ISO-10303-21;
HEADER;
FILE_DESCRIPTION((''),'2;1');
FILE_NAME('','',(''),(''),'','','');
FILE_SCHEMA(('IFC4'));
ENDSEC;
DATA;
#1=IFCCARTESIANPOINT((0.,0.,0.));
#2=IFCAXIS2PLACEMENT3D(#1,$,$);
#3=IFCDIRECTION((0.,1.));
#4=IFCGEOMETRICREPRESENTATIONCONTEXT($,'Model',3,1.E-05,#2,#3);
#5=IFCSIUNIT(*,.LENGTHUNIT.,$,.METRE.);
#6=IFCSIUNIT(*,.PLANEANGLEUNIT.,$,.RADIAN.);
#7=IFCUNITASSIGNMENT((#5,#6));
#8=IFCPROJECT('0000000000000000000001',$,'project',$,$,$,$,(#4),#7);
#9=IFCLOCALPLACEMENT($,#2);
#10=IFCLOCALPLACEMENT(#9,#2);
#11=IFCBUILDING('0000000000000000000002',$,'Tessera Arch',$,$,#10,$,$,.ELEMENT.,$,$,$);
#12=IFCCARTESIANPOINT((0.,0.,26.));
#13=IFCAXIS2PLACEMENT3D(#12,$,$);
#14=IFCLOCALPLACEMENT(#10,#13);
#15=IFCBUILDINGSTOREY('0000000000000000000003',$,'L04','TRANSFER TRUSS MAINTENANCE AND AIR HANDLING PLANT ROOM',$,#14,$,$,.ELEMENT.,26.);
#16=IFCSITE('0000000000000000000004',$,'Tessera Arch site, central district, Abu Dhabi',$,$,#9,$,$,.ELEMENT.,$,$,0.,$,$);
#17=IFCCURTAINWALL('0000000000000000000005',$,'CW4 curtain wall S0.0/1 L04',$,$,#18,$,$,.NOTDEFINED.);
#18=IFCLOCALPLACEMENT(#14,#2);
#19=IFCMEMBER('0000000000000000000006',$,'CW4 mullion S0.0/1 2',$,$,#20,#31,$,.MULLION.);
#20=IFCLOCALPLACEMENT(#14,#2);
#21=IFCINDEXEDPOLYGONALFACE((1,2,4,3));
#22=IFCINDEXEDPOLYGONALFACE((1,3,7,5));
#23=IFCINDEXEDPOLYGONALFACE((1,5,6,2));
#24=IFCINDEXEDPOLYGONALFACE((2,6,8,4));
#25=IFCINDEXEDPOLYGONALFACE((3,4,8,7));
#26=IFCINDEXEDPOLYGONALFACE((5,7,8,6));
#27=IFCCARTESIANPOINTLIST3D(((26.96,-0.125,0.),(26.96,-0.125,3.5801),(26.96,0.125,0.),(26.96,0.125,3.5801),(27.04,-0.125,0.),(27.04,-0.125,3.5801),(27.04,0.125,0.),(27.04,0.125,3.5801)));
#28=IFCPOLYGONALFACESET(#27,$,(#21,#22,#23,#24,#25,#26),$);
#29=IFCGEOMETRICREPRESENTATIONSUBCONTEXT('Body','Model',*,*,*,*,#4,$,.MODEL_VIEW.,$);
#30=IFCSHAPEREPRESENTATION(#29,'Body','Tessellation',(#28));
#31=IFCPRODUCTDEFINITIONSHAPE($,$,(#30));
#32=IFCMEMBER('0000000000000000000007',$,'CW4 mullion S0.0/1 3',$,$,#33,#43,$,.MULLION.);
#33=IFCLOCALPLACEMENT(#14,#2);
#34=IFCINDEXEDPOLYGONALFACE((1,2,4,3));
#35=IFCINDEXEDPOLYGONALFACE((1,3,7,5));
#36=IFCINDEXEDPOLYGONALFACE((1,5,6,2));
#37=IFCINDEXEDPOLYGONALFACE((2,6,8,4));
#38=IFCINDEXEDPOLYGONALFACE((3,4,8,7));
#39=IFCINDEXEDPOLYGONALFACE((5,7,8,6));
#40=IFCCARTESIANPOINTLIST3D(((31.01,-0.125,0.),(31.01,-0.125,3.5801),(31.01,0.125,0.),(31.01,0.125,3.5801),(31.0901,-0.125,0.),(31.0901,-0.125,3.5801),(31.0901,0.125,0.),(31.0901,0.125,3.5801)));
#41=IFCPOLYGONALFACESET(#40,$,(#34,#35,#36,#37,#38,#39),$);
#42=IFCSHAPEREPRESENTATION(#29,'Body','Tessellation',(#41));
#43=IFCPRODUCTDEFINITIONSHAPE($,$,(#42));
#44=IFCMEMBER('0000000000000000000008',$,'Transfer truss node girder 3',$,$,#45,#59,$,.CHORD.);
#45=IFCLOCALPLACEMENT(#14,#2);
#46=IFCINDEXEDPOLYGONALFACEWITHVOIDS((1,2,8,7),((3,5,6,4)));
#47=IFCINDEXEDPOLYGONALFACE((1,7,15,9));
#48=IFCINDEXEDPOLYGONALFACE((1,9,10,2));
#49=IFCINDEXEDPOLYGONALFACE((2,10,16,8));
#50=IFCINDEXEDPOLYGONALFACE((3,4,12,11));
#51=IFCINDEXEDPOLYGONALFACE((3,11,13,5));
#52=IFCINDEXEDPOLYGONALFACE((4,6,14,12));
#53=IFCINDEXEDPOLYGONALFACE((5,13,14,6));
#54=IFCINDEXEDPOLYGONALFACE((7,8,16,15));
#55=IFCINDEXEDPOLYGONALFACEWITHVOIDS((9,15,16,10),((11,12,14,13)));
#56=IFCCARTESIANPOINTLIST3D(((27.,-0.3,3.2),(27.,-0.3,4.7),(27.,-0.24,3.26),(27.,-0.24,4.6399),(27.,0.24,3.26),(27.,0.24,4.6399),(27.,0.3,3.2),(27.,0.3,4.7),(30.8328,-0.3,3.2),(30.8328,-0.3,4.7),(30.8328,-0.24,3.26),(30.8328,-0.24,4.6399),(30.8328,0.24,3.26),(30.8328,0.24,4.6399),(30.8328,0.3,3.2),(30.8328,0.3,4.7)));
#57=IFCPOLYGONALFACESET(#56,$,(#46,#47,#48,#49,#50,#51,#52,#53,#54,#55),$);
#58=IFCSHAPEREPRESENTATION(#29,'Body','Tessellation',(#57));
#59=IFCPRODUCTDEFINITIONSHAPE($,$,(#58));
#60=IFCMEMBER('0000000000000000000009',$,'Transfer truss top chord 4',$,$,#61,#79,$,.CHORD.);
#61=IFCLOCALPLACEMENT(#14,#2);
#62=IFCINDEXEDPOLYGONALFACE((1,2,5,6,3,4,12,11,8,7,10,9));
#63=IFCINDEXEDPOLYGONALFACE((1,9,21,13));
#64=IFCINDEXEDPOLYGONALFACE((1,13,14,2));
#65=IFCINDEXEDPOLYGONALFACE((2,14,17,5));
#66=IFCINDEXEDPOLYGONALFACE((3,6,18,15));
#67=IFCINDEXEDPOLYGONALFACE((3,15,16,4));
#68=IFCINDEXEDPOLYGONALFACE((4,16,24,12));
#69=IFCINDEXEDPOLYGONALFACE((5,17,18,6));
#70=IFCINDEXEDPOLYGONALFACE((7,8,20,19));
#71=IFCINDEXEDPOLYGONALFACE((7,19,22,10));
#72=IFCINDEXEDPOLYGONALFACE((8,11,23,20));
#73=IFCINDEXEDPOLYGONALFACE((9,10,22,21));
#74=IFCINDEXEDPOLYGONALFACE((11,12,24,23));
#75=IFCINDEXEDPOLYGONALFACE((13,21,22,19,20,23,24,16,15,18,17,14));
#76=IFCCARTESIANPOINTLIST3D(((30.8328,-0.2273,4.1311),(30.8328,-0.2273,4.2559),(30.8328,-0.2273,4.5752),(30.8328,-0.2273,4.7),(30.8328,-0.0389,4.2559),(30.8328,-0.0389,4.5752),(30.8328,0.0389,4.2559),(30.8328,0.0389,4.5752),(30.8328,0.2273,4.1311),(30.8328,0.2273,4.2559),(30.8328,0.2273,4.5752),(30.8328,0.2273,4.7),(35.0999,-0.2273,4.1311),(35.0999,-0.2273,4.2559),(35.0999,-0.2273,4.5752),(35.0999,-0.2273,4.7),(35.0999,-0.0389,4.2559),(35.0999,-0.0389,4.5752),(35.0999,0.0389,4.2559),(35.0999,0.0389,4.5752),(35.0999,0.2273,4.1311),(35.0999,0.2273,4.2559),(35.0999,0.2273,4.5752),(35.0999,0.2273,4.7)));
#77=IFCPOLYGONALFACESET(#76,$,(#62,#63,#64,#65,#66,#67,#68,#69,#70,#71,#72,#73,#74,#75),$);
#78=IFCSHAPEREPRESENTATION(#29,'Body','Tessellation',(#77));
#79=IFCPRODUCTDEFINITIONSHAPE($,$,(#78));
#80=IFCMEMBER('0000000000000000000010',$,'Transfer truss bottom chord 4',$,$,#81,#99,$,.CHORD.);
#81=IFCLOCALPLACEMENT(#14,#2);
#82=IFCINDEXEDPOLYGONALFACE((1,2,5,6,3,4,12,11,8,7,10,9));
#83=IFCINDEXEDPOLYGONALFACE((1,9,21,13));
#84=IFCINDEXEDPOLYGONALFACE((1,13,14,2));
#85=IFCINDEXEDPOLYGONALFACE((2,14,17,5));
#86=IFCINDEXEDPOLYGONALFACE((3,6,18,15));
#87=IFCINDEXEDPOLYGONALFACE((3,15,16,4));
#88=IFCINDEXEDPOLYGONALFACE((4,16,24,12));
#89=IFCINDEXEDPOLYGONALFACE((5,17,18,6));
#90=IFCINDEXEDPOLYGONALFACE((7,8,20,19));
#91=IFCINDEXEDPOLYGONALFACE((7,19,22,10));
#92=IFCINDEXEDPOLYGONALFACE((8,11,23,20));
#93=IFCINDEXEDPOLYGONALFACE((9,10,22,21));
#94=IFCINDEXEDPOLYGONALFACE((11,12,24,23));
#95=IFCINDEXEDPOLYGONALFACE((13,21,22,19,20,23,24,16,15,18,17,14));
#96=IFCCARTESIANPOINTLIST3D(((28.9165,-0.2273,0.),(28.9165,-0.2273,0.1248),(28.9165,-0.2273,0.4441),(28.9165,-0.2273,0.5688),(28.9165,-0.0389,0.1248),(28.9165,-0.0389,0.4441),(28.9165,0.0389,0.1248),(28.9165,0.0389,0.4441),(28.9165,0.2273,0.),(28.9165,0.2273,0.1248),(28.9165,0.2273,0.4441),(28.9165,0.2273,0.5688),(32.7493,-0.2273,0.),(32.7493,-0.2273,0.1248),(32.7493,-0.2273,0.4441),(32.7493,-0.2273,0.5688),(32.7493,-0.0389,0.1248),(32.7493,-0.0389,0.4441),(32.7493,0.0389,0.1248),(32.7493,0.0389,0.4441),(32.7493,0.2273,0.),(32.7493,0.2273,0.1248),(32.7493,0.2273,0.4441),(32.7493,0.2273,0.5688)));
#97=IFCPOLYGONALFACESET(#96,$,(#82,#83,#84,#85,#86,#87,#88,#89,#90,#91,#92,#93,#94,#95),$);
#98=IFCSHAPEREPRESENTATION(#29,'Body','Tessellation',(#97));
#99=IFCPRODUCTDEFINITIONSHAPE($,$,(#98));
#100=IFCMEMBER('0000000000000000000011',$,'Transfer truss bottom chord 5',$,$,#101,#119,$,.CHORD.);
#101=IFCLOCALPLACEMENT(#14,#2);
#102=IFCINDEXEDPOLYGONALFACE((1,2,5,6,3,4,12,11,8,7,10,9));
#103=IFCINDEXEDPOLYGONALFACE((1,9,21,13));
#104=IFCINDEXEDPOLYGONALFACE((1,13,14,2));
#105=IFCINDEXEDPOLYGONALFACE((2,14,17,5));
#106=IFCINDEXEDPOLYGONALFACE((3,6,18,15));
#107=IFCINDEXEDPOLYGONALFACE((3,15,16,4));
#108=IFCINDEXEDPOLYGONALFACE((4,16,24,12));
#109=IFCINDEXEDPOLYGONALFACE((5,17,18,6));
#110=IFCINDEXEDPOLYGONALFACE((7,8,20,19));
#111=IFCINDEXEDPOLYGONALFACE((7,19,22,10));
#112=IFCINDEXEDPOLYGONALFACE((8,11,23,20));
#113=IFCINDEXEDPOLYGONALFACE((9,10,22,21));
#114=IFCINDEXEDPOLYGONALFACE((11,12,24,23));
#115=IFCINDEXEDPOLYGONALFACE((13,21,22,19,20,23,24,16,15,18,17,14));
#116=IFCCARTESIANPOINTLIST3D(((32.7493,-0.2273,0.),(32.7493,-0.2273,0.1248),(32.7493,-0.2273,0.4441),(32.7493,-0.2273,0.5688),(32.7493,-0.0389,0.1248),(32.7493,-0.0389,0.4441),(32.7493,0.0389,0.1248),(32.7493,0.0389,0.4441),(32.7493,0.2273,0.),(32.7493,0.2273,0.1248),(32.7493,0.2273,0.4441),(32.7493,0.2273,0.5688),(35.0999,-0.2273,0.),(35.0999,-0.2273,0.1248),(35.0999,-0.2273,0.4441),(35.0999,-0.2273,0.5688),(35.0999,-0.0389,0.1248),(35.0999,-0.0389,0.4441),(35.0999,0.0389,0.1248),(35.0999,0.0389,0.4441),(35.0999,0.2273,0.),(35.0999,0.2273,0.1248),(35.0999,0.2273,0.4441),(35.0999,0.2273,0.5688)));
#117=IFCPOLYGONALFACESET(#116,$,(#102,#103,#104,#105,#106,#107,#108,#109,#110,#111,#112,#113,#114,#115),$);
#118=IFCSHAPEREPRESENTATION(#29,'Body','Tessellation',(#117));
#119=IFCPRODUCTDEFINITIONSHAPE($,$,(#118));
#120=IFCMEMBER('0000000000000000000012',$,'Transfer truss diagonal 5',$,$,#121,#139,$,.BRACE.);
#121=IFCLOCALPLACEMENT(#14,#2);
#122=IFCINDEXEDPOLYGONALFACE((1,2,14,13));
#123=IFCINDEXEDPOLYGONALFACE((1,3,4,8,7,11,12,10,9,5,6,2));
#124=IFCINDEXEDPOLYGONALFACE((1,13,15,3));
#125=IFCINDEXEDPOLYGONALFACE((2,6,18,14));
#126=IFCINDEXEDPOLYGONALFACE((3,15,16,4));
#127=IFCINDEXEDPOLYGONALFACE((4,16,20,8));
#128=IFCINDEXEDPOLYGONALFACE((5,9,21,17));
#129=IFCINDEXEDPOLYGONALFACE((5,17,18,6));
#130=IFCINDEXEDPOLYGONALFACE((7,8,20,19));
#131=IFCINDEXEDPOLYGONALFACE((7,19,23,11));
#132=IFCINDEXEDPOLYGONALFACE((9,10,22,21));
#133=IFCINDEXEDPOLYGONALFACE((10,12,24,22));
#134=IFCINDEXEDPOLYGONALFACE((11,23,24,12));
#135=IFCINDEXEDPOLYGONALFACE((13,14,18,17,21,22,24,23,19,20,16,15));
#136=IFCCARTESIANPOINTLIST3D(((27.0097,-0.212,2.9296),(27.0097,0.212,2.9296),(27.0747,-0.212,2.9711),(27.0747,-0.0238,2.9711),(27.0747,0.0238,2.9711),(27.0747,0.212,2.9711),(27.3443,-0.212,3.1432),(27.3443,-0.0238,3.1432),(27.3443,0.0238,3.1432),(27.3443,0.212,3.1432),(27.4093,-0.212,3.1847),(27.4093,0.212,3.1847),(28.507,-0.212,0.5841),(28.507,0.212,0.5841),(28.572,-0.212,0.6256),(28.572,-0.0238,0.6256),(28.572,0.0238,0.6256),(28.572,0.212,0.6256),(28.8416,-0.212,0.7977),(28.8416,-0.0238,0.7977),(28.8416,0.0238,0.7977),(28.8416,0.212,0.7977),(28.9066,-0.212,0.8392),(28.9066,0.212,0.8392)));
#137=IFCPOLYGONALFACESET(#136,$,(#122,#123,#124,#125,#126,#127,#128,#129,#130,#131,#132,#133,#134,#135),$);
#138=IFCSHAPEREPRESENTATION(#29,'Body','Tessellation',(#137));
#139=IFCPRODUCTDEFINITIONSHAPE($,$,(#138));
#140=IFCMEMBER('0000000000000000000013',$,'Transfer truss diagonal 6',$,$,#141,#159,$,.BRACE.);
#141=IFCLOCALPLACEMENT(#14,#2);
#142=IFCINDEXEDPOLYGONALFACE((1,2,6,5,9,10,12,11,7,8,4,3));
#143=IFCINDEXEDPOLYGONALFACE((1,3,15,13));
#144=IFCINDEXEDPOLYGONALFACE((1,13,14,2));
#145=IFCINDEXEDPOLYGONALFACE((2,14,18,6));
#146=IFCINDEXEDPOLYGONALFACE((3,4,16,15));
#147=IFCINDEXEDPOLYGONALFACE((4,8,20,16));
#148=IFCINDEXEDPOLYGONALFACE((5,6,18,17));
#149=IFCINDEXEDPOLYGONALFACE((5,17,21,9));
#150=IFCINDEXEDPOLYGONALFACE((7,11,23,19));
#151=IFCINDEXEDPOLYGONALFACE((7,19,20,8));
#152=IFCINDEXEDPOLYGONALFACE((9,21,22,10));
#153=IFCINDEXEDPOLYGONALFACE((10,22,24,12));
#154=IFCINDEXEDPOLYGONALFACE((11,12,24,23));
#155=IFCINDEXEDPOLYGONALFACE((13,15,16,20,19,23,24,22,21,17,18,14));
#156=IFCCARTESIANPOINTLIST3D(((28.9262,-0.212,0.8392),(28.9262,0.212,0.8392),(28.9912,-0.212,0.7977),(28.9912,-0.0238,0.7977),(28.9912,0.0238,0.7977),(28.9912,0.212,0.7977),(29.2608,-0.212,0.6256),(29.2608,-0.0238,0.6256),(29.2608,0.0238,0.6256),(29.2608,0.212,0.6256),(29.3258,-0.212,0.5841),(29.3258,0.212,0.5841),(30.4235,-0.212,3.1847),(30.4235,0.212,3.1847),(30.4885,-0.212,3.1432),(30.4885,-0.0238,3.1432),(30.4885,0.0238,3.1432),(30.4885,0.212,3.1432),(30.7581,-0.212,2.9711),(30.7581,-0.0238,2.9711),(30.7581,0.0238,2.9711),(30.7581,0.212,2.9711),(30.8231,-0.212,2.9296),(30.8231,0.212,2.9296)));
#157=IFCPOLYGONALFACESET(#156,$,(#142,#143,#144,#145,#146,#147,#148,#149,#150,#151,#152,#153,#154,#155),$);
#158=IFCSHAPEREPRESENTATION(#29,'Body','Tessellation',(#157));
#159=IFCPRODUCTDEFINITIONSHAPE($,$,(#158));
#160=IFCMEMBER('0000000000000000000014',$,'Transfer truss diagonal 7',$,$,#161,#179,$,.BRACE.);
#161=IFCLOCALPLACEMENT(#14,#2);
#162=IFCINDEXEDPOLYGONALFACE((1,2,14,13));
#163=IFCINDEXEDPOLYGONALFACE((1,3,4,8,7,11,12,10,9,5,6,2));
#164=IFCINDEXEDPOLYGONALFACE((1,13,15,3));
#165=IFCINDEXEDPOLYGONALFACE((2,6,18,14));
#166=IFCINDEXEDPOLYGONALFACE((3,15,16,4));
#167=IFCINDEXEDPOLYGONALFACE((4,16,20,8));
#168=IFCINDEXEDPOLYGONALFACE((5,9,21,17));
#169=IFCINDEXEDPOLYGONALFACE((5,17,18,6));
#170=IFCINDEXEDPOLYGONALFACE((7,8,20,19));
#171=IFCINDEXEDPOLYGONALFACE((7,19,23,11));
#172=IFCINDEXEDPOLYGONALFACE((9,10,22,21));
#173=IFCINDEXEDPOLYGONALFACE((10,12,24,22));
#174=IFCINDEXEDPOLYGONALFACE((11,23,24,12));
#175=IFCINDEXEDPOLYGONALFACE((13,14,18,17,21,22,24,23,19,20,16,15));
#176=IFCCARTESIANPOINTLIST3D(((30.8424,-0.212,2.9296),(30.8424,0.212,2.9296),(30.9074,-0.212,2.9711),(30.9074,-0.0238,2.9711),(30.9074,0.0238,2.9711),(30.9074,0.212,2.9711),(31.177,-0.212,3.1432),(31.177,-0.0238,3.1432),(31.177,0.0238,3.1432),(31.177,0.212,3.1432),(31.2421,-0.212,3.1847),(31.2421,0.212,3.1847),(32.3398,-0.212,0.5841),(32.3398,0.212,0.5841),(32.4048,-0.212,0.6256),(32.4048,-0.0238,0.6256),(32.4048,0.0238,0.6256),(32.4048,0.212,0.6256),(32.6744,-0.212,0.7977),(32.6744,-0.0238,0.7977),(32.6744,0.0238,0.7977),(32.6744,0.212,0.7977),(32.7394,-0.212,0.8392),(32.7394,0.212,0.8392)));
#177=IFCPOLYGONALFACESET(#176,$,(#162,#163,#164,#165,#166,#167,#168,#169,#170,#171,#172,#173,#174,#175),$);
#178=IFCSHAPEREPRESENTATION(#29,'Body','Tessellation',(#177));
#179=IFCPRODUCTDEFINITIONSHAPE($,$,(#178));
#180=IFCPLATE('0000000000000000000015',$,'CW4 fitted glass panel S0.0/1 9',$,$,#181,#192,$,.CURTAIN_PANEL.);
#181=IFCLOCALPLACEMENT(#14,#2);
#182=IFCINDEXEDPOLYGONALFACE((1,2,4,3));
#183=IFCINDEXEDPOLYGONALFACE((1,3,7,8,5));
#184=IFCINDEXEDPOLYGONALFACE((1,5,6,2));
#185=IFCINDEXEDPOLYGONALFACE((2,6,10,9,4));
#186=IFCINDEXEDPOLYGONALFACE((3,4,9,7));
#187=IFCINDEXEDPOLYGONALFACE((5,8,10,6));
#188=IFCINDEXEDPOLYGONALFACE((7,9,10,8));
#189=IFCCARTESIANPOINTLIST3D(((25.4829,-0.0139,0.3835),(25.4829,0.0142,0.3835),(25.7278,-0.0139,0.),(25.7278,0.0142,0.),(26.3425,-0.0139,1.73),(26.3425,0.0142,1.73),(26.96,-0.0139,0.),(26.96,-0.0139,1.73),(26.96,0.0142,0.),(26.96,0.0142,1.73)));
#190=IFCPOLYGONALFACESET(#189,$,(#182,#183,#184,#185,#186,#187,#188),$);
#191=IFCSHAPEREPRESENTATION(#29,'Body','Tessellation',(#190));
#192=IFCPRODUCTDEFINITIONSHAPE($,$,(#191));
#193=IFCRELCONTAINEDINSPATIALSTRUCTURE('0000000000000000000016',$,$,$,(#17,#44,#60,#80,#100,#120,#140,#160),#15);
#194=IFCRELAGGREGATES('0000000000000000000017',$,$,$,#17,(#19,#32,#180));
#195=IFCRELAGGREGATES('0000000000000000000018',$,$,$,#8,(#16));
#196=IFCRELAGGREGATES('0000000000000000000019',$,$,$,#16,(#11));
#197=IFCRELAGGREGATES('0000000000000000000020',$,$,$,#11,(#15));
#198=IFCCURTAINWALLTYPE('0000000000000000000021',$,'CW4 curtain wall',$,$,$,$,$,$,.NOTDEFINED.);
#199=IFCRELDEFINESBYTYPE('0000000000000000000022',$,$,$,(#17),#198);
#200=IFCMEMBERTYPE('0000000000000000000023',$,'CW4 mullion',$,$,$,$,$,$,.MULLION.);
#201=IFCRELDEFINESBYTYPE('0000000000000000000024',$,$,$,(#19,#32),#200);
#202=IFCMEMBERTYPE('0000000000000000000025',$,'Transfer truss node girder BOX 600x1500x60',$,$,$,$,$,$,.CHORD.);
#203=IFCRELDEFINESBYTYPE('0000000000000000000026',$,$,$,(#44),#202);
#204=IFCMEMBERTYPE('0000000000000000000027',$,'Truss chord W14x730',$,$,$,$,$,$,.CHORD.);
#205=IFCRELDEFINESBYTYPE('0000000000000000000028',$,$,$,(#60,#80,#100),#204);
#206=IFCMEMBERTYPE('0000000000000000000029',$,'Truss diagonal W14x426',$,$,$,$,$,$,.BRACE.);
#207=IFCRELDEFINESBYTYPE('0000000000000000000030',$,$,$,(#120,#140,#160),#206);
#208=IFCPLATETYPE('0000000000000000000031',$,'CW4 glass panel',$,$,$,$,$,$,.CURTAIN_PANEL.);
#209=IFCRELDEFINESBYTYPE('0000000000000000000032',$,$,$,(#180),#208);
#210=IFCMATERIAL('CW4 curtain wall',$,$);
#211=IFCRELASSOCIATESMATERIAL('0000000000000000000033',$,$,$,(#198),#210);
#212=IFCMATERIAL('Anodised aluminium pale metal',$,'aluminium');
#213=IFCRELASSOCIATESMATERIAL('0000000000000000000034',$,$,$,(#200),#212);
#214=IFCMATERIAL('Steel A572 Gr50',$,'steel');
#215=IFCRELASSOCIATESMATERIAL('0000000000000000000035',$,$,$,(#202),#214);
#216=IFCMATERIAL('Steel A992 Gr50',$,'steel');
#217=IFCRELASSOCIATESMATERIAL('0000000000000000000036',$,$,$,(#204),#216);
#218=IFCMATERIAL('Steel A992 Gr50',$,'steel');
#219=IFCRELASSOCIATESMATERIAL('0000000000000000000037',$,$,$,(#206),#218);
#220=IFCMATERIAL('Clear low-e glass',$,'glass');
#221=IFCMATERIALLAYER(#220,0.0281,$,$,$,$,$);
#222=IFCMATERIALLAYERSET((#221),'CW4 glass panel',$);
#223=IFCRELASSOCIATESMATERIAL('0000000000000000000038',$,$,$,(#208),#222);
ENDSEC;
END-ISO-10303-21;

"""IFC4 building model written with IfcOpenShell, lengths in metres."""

from ifc_helpers import new_model, si_unit, direction, frame, origin, origin_2d, place, context, subcontext, project, spatial, polyline, rectangle, hollow_rectangle, i_section, outline, extrude, material, layer, layer_set, material_profile, profile_set, type_object, element, aggregate, save


model = new_model("IFC4")

# Units and contexts
model_context = context("Model", 3, precision=1e-05, world=origin(), true_north=direction((0.0, 1.0)))
body_context = subcontext(model_context, "Body", "Model", "MODEL_VIEW")
ifc_project = project(units=[si_unit("LENGTHUNIT", "METRE"), si_unit("PLANEANGLEUNIT", "RADIAN")], contexts=[model_context])

# Site, building, storey
site_placement = place(None, origin())
site = spatial("IfcSite", under=ifc_project, at=site_placement, Name="Tessera Arch site, central district, Abu Dhabi", CompositionType="ELEMENT", RefElevation=0.0)
building_placement = place(site_placement, origin())
building = spatial("IfcBuilding", under=site, at=building_placement, Name="Tessera Arch", CompositionType="ELEMENT")
storey_placement = place(building_placement, frame((0.0, 0.0, 26.0)))
storey = spatial("IfcBuildingStorey", under=building, at=storey_placement, Name="L04", Description="TRANSFER TRUSS MAINTENANCE AND AIR HANDLING PLANT ROOM", CompositionType="ELEMENT", Elevation=26.0)

# Curtain wall, members
ifc_material_1 = material(Name="CW4 curtain wall")
curtain_wall_type = type_object("IfcCurtainWallType", Name="CW4 curtain wall", PredefinedType="NOTDEFINED", material=ifc_material_1)
curtain_wall_placement = place(storey_placement, origin())
curtain_wall = element("IfcCurtainWall", 1, at=curtain_wall_placement, inside=storey, type_object=curtain_wall_type, Name="CW4 curtain wall S0.0/1 L04", PredefinedType="NOTDEFINED")
ifc_material_2 = material(Name="Anodised aluminium pale metal", Category="aluminium")
ifc_material_profile_1 = material_profile(ifc_material_2, rectangle(XDim=0.25, YDim=0.0801, at=origin_2d()), Name="AL 80x250")
ifc_profile_set_1 = profile_set([ifc_material_profile_1], Name="Anodised aluminium pale metal")
member_type_1 = type_object("IfcMemberType", Name="CW4 mullion", PredefinedType="MULLION", material=ifc_profile_set_1)
member_1_placement = place(storey_placement, frame((27.0, 0.0, 0.0), z_axis=(0.0, 0.0, 1.0), x_axis=(0.0, 1.0, 0.0)))
member_1 = element("IfcMember", 2, at=member_1_placement, type_object=member_type_1, Name="CW4 mullion S0.0/1 2", PredefinedType="MULLION", context=body_context, shape_type="SweptSolid", body=[
    extrude(rectangle(XDim=0.25, YDim=0.0801, at=origin_2d()), origin(), (0.0, 0.0, 1.0), 3.5801),
])
member_2_placement = place(storey_placement, frame((31.05, 0.0, 0.0), z_axis=(0.0, 0.0, 1.0), x_axis=(0.0, 1.0, 0.0)))
member_2 = element("IfcMember", 3, at=member_2_placement, type_object=member_type_1, Name="CW4 mullion S0.0/1 3", PredefinedType="MULLION", context=body_context, shape_type="SweptSolid", body=[
    extrude(rectangle(XDim=0.25, YDim=0.0801, at=origin_2d()), origin(), (0.0, 0.0, 1.0), 3.5801),
])

# Members
ifc_material_3 = material(Name="Steel A572 Gr50", Category="steel")
ifc_material_profile_2 = material_profile(ifc_material_3, hollow_rectangle(XDim=0.6001, YDim=1.5, WallThickness=0.0601, at=origin_2d()), Name="BOX 600x1500x60")
ifc_profile_set_2 = profile_set([ifc_material_profile_2], Name="Steel A572 Gr50")
member_type_2 = type_object("IfcMemberType", Name="Transfer truss node girder BOX 600x1500x60", PredefinedType="CHORD", material=ifc_profile_set_2)
member_3_placement = place(storey_placement, frame((27.0, 0.0, 3.95), z_axis=(1.0, 0.0, 0.0), x_axis=(0.0, 1.0, 0.0)))
element("IfcMember", 4, at=member_3_placement, inside=storey, type_object=member_type_2, Name="Transfer truss node girder 3", PredefinedType="CHORD", context=body_context, shape_type="SweptSolid", body=[
    extrude(hollow_rectangle(XDim=0.6001, YDim=1.5, WallThickness=0.0601, at=origin_2d()), origin(), (0.0, 0.0, 1.0), 3.8328),
])
ifc_material_4 = material(Name="Steel A992 Gr50", Category="steel")
ifc_material_profile_3 = material_profile(ifc_material_4, i_section(OverallWidth=0.4546, OverallDepth=0.5688, WebThickness=0.0779, FlangeThickness=0.1248, at=origin_2d()), Name="W14x730")
ifc_profile_set_3 = profile_set([ifc_material_profile_3], Name="Steel A992 Gr50")
member_type_3 = type_object("IfcMemberType", Name="Truss chord W14x730", PredefinedType="CHORD", material=ifc_profile_set_3)
member_4_placement = place(storey_placement, frame((30.8328, 0.0, 4.4155), z_axis=(1.0, 0.0, 0.0), x_axis=(0.0, 1.0, 0.0)))
element("IfcMember", 5, at=member_4_placement, inside=storey, type_object=member_type_3, Name="Transfer truss top chord 4", PredefinedType="CHORD", context=body_context, shape_type="SweptSolid", body=[
    extrude(i_section(OverallWidth=0.4546, OverallDepth=0.5688, WebThickness=0.0779, FlangeThickness=0.1248, at=origin_2d()), origin(), (0.0, 0.0, 1.0), 4.2671),
])
member_5_placement = place(storey_placement, frame((28.9165, 0.0, 0.2844), z_axis=(1.0, 0.0, 0.0), x_axis=(0.0, 1.0, 0.0)))
element("IfcMember", 6, at=member_5_placement, inside=storey, type_object=member_type_3, Name="Transfer truss bottom chord 4", PredefinedType="CHORD", context=body_context, shape_type="SweptSolid", body=[
    extrude(i_section(OverallWidth=0.4546, OverallDepth=0.5688, WebThickness=0.0779, FlangeThickness=0.1248, at=origin_2d()), origin(), (0.0, 0.0, 1.0), 3.8328),
])
member_6_placement = place(storey_placement, frame((32.7493, 0.0, 0.2844), z_axis=(1.0, 0.0, 0.0), x_axis=(0.0, 1.0, 0.0)))
element("IfcMember", 7, at=member_6_placement, inside=storey, type_object=member_type_3, Name="Transfer truss bottom chord 5", PredefinedType="CHORD", context=body_context, shape_type="SweptSolid", body=[
    extrude(i_section(OverallWidth=0.4546, OverallDepth=0.5688, WebThickness=0.0779, FlangeThickness=0.1248, at=origin_2d()), origin(), (0.0, 0.0, 1.0), 2.3506),
])
ifc_material_5 = material(Name="Steel A992 Gr50", Category="steel")
ifc_material_profile_4 = material_profile(ifc_material_5, i_section(OverallWidth=0.4241, OverallDepth=0.4741, WebThickness=0.0476, FlangeThickness=0.0771, at=origin_2d()), Name="W14x426")
ifc_profile_set_4 = profile_set([ifc_material_profile_4], Name="Steel A992 Gr50")
member_type_4 = type_object("IfcMemberType", Name="Truss diagonal W14x426", PredefinedType="BRACE", material=ifc_profile_set_4)
for number, where, z_axis, x_axis, name in (
    (8, (27.2095, 0.0, 3.0571), (0.53809, 0.0, -0.842887), (0.0, 1.0, 0.0), "Transfer truss diagonal 5"),
    (9, (29.126, 0.0, 0.7117), (0.53809, 0.0, 0.842887), (0.0, 1.0, 0.0), "Transfer truss diagonal 6"),
    (10, (31.0422, 0.0, 3.0571), (0.53809, 0.0, -0.842887), (0.0, 1.0, 0.0), "Transfer truss diagonal 7"),
):
    element("IfcMember", number, at=place(storey_placement, frame(where, z_axis=z_axis, x_axis=x_axis)), inside=storey, type_object=member_type_4, Name=name, PredefinedType="BRACE", context=body_context, shape_type="SweptSolid", body=[
        extrude(i_section(OverallWidth=0.4241, OverallDepth=0.4741, WebThickness=0.0476, FlangeThickness=0.0771, at=origin_2d()), origin(), (0.0, 0.0, 1.0), 2.7827),
    ])

# Plate
ifc_material_6 = material(Name="Clear low-e glass", Category="glass")
ifc_layer_1 = layer(ifc_material_6, 0.0281)
ifc_layer_set_1 = layer_set([ifc_layer_1], Name="CW4 glass panel")
plate_type_1 = type_object("IfcPlateType", Name="CW4 glass panel", PredefinedType="CURTAIN_PANEL", material=ifc_layer_set_1)
plate_1_placement = place(storey_placement, frame((26.96, -0.0139, 1.73), z_axis=(0.0, -1.0, 0.0), x_axis=(-1.0, 0.0, 0.0)))
plate_1 = element("IfcPlate", 11, at=plate_1_placement, type_object=plate_type_1, Name="CW4 fitted glass panel S0.0/1 9", PredefinedType="CURTAIN_PANEL", context=body_context, shape_type="SweptSolid", body=[
    extrude(outline(polyline([(0.0, 0.0), (0.6174, 0.0), (1.4771, 1.3464), (1.2322, 1.73), (0.0, 1.73), (0.0, 0.0)])), origin(), (0.0, 0.0, -1.0), 0.0281),
])
aggregate(curtain_wall, [member_1, member_2, plate_1])

save(model, "model.ifc")
